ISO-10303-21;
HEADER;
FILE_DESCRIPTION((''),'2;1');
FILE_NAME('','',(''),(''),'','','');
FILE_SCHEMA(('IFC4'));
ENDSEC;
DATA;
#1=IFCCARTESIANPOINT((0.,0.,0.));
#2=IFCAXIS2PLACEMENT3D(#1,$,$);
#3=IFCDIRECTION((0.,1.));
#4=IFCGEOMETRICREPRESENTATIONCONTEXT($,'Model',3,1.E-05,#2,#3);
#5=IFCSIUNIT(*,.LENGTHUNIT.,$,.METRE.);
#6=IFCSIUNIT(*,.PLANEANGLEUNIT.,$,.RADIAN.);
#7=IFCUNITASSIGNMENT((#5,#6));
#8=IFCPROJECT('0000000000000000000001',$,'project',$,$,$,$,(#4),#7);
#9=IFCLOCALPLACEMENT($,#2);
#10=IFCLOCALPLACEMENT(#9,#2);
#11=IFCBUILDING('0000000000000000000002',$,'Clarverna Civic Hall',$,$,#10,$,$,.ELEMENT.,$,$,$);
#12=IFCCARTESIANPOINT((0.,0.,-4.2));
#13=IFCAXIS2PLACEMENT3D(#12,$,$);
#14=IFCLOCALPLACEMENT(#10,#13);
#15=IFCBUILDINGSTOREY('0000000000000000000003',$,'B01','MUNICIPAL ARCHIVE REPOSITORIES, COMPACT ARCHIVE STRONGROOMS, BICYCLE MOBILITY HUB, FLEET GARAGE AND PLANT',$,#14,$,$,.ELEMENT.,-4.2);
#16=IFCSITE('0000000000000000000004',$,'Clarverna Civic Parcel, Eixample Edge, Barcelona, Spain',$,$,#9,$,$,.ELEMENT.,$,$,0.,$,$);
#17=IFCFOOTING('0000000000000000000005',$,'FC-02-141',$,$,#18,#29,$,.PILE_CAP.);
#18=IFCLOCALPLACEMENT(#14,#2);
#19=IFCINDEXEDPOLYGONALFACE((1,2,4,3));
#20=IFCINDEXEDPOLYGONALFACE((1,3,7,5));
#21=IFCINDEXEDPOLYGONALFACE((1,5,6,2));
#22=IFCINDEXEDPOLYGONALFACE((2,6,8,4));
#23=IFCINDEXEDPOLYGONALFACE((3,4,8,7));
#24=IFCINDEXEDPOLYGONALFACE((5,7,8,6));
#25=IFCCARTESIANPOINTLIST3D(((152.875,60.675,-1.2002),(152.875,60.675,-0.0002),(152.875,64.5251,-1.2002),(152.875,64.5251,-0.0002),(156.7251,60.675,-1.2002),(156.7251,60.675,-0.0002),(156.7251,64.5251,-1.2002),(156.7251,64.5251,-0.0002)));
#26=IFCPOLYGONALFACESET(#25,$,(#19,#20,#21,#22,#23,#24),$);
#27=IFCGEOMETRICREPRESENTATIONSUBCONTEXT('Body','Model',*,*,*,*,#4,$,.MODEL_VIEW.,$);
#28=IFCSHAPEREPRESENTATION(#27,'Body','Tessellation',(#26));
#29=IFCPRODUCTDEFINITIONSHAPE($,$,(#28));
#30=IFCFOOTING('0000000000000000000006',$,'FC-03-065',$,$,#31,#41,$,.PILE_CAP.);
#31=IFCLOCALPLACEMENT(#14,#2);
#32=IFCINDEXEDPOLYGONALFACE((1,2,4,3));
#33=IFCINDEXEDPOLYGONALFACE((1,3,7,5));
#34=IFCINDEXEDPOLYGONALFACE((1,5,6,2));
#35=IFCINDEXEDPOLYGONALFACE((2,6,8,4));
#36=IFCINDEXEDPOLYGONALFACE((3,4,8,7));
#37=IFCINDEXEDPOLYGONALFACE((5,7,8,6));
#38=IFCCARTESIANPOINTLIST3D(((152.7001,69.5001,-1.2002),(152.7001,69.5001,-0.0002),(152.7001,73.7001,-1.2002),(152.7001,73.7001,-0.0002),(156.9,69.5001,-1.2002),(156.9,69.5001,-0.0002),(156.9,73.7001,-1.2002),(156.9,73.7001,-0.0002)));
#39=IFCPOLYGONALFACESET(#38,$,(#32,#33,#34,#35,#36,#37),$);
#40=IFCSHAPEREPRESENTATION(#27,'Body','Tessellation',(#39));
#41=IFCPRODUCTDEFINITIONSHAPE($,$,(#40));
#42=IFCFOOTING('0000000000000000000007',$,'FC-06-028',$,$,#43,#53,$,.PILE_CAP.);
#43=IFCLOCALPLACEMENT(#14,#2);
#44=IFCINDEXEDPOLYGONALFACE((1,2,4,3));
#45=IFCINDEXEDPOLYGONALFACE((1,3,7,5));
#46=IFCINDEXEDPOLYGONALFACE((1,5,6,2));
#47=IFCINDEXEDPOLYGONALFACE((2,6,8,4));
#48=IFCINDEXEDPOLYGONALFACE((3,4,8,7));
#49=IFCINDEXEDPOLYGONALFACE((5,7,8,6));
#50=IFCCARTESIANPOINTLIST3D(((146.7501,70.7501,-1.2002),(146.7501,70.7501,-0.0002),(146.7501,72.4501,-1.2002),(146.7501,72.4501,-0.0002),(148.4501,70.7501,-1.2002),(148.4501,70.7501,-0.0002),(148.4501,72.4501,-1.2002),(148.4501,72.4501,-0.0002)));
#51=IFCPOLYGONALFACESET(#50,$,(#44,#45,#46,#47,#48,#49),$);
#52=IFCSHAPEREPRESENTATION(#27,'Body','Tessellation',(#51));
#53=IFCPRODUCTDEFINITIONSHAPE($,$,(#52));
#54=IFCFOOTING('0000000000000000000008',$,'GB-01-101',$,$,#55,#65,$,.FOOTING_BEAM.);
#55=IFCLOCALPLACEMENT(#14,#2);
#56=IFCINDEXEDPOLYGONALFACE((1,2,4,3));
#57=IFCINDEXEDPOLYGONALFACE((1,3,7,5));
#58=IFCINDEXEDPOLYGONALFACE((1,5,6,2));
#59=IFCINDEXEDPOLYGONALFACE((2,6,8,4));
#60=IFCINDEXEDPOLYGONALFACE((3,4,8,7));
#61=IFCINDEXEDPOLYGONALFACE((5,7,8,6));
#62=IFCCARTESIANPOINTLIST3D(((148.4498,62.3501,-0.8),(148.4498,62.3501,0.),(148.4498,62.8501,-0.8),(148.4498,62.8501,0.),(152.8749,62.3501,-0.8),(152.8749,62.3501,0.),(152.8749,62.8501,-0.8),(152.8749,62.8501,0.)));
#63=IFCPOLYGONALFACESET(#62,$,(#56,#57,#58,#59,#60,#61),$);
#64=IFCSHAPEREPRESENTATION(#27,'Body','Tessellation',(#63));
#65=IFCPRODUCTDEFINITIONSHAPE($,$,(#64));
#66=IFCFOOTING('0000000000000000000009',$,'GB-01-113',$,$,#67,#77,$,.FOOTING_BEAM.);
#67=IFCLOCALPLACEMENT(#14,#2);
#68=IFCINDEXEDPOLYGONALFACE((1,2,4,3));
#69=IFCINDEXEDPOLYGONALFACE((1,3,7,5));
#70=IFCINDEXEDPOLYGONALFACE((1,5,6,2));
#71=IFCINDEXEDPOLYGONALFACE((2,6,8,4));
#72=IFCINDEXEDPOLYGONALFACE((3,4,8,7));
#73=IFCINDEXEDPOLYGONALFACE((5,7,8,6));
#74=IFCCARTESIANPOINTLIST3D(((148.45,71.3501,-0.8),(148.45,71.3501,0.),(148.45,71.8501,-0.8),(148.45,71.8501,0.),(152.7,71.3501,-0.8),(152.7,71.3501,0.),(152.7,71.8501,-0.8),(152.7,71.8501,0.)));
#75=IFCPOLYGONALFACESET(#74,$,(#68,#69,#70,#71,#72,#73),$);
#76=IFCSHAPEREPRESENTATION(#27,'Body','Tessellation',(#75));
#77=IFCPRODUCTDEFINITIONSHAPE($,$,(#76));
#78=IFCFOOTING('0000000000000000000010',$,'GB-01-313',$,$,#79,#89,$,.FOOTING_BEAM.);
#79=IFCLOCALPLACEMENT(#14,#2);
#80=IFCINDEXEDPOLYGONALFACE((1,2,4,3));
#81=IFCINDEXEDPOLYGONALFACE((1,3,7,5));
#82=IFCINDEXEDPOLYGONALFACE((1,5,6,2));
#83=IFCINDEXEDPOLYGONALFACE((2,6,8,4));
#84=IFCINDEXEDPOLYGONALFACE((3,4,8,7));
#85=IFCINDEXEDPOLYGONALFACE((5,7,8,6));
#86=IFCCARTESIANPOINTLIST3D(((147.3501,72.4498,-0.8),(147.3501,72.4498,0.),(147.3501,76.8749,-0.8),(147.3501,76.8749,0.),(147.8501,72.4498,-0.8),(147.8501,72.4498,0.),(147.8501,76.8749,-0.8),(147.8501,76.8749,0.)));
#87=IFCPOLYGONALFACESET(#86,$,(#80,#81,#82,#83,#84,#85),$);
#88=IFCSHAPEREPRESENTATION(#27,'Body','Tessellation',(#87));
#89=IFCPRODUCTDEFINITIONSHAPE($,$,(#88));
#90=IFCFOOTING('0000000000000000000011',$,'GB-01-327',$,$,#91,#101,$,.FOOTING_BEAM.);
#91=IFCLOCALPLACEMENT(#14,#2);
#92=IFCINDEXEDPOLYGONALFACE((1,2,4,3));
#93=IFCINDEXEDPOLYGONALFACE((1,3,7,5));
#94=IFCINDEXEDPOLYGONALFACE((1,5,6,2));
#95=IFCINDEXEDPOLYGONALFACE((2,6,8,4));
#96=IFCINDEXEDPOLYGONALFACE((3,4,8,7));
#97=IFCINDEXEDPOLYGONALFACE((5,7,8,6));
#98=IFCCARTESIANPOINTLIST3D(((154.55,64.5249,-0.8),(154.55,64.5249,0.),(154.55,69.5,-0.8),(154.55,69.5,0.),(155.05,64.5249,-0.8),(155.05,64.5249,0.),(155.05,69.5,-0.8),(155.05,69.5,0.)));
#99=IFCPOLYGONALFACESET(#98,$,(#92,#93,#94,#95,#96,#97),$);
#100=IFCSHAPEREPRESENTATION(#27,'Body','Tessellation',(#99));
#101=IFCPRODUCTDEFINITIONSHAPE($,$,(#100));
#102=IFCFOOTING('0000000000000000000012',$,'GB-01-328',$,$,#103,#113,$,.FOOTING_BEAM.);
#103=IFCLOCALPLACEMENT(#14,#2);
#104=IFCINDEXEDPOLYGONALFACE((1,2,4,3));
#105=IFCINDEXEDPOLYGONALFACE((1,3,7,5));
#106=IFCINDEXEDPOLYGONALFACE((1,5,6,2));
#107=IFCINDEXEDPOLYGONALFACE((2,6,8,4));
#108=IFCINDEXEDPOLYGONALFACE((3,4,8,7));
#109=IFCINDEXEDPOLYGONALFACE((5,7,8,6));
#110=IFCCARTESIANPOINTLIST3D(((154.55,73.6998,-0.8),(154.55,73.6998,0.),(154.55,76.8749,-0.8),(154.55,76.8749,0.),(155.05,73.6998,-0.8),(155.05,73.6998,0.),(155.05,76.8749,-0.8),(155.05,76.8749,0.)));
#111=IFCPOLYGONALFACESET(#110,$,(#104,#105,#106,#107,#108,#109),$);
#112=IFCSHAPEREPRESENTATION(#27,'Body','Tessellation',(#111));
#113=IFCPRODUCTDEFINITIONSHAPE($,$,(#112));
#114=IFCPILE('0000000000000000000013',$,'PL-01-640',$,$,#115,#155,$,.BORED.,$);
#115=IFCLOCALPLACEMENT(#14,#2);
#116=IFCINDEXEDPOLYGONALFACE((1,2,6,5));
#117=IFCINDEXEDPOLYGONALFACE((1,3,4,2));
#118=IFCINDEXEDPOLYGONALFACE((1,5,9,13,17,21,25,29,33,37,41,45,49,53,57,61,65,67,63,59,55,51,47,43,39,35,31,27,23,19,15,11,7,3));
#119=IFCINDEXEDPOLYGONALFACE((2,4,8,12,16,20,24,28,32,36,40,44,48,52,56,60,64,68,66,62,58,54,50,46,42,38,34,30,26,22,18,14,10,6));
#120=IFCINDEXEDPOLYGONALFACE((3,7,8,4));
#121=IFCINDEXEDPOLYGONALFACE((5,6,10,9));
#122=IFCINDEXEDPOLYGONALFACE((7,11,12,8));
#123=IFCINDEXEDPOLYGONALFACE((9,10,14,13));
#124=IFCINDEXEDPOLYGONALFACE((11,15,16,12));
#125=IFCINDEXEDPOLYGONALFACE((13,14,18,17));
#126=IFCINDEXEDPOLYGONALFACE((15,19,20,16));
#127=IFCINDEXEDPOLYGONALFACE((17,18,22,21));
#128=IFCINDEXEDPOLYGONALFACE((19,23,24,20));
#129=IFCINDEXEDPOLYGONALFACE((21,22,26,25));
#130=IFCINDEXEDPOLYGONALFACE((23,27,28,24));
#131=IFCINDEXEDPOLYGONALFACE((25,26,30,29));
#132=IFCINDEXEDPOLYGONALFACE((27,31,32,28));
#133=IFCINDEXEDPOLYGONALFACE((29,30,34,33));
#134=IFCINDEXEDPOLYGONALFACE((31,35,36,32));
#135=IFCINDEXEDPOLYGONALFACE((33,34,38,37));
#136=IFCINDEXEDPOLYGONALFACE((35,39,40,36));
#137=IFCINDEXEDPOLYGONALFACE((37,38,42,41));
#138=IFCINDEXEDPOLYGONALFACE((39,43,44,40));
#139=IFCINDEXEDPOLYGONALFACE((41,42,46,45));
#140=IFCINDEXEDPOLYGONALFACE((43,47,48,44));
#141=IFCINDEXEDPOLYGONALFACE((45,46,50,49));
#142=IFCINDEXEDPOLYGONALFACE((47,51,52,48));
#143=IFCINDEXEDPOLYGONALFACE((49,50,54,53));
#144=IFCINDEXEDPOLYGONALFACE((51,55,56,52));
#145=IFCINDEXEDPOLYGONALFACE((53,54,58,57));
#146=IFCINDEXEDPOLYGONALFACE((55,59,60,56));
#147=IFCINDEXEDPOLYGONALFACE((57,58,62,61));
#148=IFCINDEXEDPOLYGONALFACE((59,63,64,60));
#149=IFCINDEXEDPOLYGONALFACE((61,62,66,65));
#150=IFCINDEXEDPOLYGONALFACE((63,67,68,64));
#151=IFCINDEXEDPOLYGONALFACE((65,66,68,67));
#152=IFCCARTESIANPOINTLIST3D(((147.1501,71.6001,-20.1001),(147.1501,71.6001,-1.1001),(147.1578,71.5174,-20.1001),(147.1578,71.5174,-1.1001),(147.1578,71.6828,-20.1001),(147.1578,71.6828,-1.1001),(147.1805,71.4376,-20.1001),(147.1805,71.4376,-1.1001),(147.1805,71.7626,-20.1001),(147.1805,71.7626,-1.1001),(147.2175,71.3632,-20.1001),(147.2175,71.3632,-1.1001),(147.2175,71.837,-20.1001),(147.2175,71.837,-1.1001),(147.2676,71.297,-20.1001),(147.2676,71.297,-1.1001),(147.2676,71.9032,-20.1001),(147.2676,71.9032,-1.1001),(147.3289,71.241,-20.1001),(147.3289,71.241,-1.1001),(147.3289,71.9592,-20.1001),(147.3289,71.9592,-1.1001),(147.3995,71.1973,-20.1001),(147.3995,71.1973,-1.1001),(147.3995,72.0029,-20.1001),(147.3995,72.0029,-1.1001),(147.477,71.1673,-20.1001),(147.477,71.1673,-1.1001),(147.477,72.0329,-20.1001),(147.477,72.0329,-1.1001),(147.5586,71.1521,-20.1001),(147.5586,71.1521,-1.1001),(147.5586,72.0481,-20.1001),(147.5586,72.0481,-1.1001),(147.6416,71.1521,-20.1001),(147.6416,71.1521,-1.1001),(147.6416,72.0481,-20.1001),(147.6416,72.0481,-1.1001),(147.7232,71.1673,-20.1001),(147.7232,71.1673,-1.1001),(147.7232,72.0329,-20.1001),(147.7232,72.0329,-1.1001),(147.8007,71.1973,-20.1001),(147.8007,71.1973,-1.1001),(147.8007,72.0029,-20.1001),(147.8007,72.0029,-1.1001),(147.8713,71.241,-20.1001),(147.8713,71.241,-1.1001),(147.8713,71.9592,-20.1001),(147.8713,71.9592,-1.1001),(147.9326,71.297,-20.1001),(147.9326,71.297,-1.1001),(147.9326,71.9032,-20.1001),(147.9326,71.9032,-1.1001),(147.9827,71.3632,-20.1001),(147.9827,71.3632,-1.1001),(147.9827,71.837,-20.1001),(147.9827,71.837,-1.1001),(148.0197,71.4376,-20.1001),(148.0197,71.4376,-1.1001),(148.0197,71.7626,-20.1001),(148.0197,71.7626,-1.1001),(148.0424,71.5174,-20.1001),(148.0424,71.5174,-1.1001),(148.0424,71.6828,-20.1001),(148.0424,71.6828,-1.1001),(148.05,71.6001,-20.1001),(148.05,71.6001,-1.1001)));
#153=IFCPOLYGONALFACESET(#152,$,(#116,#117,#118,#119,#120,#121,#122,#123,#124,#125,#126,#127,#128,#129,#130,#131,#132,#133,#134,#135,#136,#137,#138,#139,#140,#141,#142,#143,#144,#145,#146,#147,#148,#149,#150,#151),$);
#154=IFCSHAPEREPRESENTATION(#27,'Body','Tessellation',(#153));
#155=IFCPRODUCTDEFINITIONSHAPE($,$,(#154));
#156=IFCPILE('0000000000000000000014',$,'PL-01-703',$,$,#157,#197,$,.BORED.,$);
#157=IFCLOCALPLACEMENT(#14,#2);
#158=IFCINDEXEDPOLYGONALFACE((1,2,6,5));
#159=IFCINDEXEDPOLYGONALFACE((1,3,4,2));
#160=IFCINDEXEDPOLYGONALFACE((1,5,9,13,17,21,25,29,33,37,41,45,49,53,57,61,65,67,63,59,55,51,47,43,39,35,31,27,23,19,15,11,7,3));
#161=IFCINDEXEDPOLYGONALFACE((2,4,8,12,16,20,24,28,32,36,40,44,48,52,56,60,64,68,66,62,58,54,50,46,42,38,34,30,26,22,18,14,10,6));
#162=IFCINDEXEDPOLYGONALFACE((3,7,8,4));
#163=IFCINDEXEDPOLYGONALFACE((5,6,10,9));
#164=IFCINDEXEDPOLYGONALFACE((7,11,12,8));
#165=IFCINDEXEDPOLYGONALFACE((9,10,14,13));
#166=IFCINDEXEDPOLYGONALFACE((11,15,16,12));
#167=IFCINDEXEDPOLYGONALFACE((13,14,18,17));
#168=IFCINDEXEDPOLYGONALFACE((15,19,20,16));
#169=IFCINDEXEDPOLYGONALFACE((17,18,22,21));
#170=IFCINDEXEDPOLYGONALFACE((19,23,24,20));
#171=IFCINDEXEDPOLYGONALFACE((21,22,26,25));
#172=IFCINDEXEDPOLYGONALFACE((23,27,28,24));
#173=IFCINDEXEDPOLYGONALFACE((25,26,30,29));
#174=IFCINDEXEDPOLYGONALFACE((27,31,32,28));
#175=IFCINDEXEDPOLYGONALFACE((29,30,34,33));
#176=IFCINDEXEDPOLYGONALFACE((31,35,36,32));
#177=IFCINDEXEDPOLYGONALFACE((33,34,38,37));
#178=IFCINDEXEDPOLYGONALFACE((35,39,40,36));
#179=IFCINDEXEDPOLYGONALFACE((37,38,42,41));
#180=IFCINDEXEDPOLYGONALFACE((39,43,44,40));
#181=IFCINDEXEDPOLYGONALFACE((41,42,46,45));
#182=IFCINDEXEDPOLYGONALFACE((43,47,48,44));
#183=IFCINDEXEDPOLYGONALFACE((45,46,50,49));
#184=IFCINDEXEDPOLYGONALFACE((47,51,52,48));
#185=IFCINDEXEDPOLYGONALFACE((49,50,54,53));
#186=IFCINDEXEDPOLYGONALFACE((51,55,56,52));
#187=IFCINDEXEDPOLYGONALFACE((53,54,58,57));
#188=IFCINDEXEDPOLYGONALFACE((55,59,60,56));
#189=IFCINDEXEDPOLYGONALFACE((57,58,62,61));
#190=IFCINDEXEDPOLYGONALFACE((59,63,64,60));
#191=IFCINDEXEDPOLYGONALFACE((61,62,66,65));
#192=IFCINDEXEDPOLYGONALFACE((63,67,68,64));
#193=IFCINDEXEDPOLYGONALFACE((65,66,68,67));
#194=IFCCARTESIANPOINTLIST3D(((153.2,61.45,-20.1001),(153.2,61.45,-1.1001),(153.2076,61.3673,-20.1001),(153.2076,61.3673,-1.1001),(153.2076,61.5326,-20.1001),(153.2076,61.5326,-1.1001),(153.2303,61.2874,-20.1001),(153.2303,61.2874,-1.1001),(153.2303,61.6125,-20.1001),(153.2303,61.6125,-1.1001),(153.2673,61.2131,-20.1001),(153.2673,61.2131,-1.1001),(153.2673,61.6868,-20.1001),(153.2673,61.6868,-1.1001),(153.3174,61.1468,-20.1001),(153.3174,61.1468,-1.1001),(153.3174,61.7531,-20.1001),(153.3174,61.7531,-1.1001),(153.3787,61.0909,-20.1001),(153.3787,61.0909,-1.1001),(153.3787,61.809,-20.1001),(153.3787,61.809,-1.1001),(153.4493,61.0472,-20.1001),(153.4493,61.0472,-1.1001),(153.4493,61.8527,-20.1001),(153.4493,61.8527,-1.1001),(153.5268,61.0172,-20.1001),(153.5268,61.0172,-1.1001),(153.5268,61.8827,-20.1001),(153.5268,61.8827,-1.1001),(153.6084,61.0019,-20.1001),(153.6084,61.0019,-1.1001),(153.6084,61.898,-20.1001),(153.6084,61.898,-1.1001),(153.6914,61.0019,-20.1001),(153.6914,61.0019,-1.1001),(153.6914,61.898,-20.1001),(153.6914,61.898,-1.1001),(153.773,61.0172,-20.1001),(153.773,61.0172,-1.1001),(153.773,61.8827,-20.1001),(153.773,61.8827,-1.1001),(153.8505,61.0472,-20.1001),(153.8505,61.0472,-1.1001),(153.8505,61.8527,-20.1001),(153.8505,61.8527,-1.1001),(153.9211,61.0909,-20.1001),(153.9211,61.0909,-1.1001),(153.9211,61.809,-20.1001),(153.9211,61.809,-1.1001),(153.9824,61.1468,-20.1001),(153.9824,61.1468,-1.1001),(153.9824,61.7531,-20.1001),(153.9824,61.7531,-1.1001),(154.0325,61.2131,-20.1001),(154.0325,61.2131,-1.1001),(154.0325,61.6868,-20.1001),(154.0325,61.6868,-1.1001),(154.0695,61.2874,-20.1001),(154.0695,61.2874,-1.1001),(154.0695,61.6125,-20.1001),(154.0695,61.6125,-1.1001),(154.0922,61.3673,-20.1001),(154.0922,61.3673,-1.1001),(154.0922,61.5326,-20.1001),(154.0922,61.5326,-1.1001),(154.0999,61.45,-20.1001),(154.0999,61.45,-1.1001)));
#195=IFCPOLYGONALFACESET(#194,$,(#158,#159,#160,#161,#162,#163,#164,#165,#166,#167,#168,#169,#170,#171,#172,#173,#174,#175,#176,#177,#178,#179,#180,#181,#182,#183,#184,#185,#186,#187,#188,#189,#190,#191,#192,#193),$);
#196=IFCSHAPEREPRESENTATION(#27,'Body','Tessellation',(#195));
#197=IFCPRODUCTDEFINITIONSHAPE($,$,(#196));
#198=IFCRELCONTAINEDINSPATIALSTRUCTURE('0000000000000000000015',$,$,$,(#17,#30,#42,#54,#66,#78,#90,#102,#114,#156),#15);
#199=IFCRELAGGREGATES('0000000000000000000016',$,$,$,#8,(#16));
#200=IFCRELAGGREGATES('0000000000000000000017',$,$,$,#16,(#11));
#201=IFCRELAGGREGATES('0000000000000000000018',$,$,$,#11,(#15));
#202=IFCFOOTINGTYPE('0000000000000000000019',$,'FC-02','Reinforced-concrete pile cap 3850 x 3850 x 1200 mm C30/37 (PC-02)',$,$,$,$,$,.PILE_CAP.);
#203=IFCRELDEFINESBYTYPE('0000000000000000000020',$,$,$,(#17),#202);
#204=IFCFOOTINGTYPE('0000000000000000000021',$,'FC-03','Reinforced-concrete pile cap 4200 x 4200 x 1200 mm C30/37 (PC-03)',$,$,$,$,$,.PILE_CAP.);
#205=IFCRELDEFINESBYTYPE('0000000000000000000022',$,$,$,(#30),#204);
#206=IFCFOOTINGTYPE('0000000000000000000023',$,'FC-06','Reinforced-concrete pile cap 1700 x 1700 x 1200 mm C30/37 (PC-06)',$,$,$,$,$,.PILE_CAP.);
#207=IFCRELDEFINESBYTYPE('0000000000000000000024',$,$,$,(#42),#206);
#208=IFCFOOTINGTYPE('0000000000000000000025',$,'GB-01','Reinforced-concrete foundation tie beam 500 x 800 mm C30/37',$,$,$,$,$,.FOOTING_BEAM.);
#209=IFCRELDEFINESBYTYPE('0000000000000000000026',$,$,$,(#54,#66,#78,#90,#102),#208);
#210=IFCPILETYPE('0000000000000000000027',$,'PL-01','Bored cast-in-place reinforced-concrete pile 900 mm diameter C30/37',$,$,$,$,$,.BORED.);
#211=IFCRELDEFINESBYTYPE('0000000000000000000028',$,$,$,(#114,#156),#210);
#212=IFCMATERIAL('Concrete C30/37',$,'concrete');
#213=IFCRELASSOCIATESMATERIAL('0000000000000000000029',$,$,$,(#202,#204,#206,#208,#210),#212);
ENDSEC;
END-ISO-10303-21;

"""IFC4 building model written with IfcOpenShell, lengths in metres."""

from ifc_helpers import new_model, si_unit, direction, frame, frame_2d, origin, origin_2d, place, context, subcontext, project, spatial, rectangle, circle, extrude, material, material_profile, profile_set, type_object, element, save


model = new_model("IFC4")

# Units and contexts
model_context = context("Model", 3, precision=1e-05, world=origin(), true_north=direction((0.0, 1.0)))
body_context = subcontext(model_context, "Body", "Model", "MODEL_VIEW")
ifc_project = project(units=[si_unit("LENGTHUNIT", "METRE"), si_unit("PLANEANGLEUNIT", "RADIAN")], contexts=[model_context])

# Site, building, storey
site_placement = place(None, origin())
site = spatial("IfcSite", under=ifc_project, at=site_placement, Name="Clarverna Civic Parcel, Eixample Edge, Barcelona, Spain", CompositionType="ELEMENT", RefElevation=0.0)
building_placement = place(site_placement, origin())
building = spatial("IfcBuilding", under=site, at=building_placement, Name="Clarverna Civic Hall", CompositionType="ELEMENT")
storey_placement = place(building_placement, frame((0.0, 0.0, -4.2)))
storey = spatial("IfcBuildingStorey", under=building, at=storey_placement, Name="B01", Description="MUNICIPAL ARCHIVE REPOSITORIES, COMPACT ARCHIVE STRONGROOMS, BICYCLE MOBILITY HUB, FLEET GARAGE AND PLANT", CompositionType="ELEMENT", Elevation=-4.2)

# Footings
ifc_material_1 = material(Name="Concrete C30/37", Category="concrete")
footing_type_1 = type_object("IfcFootingType", Name="FC-02", Description="Reinforced-concrete pile cap 3850 x 3850 x 1200 mm C30/37 (PC-02)", PredefinedType="PILE_CAP", material=ifc_material_1)
footing_1_placement = place(storey_placement, frame((154.8, 62.6001, -1.2002), z_axis=(0.0, 0.0, 1.0), x_axis=(1.0, 0.0, 0.0)))
element("IfcFooting", 1, at=footing_1_placement, inside=storey, type_object=footing_type_1, Name="FC-02-141", PredefinedType="PILE_CAP", context=body_context, shape_type="SweptSolid", body=[
    extrude(rectangle(XDim=3.8501, YDim=3.8501, at=origin_2d()), origin(), (0.0, 0.0, 1.0), 1.2),
])
footing_type_2 = type_object("IfcFootingType", Name="FC-03", Description="Reinforced-concrete pile cap 4200 x 4200 x 1200 mm C30/37 (PC-03)", PredefinedType="PILE_CAP", material=ifc_material_1)
footing_2_placement = place(storey_placement, frame((154.8, 71.6001, -1.2002), z_axis=(0.0, 0.0, 1.0), x_axis=(1.0, 0.0, 0.0)))
element("IfcFooting", 2, at=footing_2_placement, inside=storey, type_object=footing_type_2, Name="FC-03-065", PredefinedType="PILE_CAP", context=body_context, shape_type="SweptSolid", body=[
    extrude(rectangle(XDim=4.2, YDim=4.2, at=origin_2d()), origin(), (0.0, 0.0, 1.0), 1.2),
])
footing_type_3 = type_object("IfcFootingType", Name="FC-06", Description="Reinforced-concrete pile cap 1700 x 1700 x 1200 mm C30/37 (PC-06)", PredefinedType="PILE_CAP", material=ifc_material_1)
footing_3_placement = place(storey_placement, frame((147.6001, 71.6001, -1.2002), z_axis=(0.0, 0.0, 1.0), x_axis=(1.0, 0.0, 0.0)))
element("IfcFooting", 3, at=footing_3_placement, inside=storey, type_object=footing_type_3, Name="FC-06-028", PredefinedType="PILE_CAP", context=body_context, shape_type="SweptSolid", body=[
    extrude(rectangle(XDim=1.7, YDim=1.7, at=origin_2d()), origin(), (0.0, 0.0, 1.0), 1.2),
])
footing_type_4 = type_object("IfcFootingType", Name="GB-01", Description="Reinforced-concrete foundation tie beam 500 x 800 mm C30/37", PredefinedType="FOOTING_BEAM", material=ifc_material_1)
footing_4_placement = place(storey_placement, frame((148.45, 62.6001, -0.8), z_axis=(0.0, 0.0, 1.0), x_axis=(1.0, 0.0, 0.0)))
element("IfcFooting", 4, at=footing_4_placement, inside=storey, type_object=footing_type_4, Name="GB-01-101", PredefinedType="FOOTING_BEAM", context=body_context, shape_type="SweptSolid", body=[
    extrude(rectangle(XDim=4.425, YDim=0.5, at=frame_2d((2.2124, 0.0))), origin(), (0.0, 0.0, 1.0), 0.8),
])
footing_5_placement = place(storey_placement, frame((148.45, 71.6001, -0.8), z_axis=(0.0, 0.0, 1.0), x_axis=(1.0, 0.0, 0.0)))
element("IfcFooting", 5, at=footing_5_placement, inside=storey, type_object=footing_type_4, Name="GB-01-113", PredefinedType="FOOTING_BEAM", context=body_context, shape_type="SweptSolid", body=[
    extrude(rectangle(XDim=4.25, YDim=0.5, at=frame_2d((2.125, 0.0))), origin(), (0.0, 0.0, 1.0), 0.8),
])
footing_6_placement = place(storey_placement, frame((147.6001, 72.45, -0.8), z_axis=(0.0, 0.0, 1.0), x_axis=(0.0, 1.0, 0.0)))
element("IfcFooting", 6, at=footing_6_placement, inside=storey, type_object=footing_type_4, Name="GB-01-313", PredefinedType="FOOTING_BEAM", context=body_context, shape_type="SweptSolid", body=[
    extrude(rectangle(XDim=4.425, YDim=0.5, at=frame_2d((2.2124, 0.0))), origin(), (0.0, 0.0, 1.0), 0.8),
])
footing_7_placement = place(storey_placement, frame((154.8, 64.5249, -0.8), z_axis=(0.0, 0.0, 1.0), x_axis=(0.0, 1.0, 0.0)))
element("IfcFooting", 7, at=footing_7_placement, inside=storey, type_object=footing_type_4, Name="GB-01-327", PredefinedType="FOOTING_BEAM", context=body_context, shape_type="SweptSolid", body=[
    extrude(rectangle(XDim=4.9751, YDim=0.5, at=frame_2d((2.4875, 0.0))), origin(), (0.0, 0.0, 1.0), 0.8),
])
footing_8_placement = place(storey_placement, frame((154.8, 73.7, -0.8), z_axis=(0.0, 0.0, 1.0), x_axis=(0.0, 1.0, 0.0)))
element("IfcFooting", 8, at=footing_8_placement, inside=storey, type_object=footing_type_4, Name="GB-01-328", PredefinedType="FOOTING_BEAM", context=body_context, shape_type="SweptSolid", body=[
    extrude(rectangle(XDim=3.175, YDim=0.5, at=frame_2d((1.5874, 0.0))), origin(), (0.0, 0.0, 1.0), 0.8),
])

# Piles
ifc_material_profile_1 = material_profile(ifc_material_1, circle(Radius=0.45, at=origin_2d()), Name="BORED PILE D900")
ifc_profile_set_1 = profile_set([ifc_material_profile_1], Name="Concrete C30/37")
pile_type_1 = type_object("IfcPileType", Name="PL-01", Description="Bored cast-in-place reinforced-concrete pile 900 mm diameter C30/37", PredefinedType="BORED", material=ifc_profile_set_1)
for number, where, z_axis, x_axis, name in (
    (9, (147.6001, 71.6001, -1.1001), (0.0, 0.0, -1.0), (1.0, 0.0, 0.0), "PL-01-640"),
    (10, (153.6499, 61.45, -1.1001), (0.0, 0.0, -1.0), (1.0, 0.0, 0.0), "PL-01-703"),
):
    element("IfcPile", number, at=place(storey_placement, frame(where, z_axis=z_axis, x_axis=x_axis)), inside=storey, type_object=pile_type_1, Name=name, PredefinedType="BORED", context=body_context, shape_type="SweptSolid", body=[
        extrude(circle(Radius=0.45, at=origin_2d()), origin(), (0.0, 0.0, 1.0), 19.0),
    ])

save(model, "model.ifc")
